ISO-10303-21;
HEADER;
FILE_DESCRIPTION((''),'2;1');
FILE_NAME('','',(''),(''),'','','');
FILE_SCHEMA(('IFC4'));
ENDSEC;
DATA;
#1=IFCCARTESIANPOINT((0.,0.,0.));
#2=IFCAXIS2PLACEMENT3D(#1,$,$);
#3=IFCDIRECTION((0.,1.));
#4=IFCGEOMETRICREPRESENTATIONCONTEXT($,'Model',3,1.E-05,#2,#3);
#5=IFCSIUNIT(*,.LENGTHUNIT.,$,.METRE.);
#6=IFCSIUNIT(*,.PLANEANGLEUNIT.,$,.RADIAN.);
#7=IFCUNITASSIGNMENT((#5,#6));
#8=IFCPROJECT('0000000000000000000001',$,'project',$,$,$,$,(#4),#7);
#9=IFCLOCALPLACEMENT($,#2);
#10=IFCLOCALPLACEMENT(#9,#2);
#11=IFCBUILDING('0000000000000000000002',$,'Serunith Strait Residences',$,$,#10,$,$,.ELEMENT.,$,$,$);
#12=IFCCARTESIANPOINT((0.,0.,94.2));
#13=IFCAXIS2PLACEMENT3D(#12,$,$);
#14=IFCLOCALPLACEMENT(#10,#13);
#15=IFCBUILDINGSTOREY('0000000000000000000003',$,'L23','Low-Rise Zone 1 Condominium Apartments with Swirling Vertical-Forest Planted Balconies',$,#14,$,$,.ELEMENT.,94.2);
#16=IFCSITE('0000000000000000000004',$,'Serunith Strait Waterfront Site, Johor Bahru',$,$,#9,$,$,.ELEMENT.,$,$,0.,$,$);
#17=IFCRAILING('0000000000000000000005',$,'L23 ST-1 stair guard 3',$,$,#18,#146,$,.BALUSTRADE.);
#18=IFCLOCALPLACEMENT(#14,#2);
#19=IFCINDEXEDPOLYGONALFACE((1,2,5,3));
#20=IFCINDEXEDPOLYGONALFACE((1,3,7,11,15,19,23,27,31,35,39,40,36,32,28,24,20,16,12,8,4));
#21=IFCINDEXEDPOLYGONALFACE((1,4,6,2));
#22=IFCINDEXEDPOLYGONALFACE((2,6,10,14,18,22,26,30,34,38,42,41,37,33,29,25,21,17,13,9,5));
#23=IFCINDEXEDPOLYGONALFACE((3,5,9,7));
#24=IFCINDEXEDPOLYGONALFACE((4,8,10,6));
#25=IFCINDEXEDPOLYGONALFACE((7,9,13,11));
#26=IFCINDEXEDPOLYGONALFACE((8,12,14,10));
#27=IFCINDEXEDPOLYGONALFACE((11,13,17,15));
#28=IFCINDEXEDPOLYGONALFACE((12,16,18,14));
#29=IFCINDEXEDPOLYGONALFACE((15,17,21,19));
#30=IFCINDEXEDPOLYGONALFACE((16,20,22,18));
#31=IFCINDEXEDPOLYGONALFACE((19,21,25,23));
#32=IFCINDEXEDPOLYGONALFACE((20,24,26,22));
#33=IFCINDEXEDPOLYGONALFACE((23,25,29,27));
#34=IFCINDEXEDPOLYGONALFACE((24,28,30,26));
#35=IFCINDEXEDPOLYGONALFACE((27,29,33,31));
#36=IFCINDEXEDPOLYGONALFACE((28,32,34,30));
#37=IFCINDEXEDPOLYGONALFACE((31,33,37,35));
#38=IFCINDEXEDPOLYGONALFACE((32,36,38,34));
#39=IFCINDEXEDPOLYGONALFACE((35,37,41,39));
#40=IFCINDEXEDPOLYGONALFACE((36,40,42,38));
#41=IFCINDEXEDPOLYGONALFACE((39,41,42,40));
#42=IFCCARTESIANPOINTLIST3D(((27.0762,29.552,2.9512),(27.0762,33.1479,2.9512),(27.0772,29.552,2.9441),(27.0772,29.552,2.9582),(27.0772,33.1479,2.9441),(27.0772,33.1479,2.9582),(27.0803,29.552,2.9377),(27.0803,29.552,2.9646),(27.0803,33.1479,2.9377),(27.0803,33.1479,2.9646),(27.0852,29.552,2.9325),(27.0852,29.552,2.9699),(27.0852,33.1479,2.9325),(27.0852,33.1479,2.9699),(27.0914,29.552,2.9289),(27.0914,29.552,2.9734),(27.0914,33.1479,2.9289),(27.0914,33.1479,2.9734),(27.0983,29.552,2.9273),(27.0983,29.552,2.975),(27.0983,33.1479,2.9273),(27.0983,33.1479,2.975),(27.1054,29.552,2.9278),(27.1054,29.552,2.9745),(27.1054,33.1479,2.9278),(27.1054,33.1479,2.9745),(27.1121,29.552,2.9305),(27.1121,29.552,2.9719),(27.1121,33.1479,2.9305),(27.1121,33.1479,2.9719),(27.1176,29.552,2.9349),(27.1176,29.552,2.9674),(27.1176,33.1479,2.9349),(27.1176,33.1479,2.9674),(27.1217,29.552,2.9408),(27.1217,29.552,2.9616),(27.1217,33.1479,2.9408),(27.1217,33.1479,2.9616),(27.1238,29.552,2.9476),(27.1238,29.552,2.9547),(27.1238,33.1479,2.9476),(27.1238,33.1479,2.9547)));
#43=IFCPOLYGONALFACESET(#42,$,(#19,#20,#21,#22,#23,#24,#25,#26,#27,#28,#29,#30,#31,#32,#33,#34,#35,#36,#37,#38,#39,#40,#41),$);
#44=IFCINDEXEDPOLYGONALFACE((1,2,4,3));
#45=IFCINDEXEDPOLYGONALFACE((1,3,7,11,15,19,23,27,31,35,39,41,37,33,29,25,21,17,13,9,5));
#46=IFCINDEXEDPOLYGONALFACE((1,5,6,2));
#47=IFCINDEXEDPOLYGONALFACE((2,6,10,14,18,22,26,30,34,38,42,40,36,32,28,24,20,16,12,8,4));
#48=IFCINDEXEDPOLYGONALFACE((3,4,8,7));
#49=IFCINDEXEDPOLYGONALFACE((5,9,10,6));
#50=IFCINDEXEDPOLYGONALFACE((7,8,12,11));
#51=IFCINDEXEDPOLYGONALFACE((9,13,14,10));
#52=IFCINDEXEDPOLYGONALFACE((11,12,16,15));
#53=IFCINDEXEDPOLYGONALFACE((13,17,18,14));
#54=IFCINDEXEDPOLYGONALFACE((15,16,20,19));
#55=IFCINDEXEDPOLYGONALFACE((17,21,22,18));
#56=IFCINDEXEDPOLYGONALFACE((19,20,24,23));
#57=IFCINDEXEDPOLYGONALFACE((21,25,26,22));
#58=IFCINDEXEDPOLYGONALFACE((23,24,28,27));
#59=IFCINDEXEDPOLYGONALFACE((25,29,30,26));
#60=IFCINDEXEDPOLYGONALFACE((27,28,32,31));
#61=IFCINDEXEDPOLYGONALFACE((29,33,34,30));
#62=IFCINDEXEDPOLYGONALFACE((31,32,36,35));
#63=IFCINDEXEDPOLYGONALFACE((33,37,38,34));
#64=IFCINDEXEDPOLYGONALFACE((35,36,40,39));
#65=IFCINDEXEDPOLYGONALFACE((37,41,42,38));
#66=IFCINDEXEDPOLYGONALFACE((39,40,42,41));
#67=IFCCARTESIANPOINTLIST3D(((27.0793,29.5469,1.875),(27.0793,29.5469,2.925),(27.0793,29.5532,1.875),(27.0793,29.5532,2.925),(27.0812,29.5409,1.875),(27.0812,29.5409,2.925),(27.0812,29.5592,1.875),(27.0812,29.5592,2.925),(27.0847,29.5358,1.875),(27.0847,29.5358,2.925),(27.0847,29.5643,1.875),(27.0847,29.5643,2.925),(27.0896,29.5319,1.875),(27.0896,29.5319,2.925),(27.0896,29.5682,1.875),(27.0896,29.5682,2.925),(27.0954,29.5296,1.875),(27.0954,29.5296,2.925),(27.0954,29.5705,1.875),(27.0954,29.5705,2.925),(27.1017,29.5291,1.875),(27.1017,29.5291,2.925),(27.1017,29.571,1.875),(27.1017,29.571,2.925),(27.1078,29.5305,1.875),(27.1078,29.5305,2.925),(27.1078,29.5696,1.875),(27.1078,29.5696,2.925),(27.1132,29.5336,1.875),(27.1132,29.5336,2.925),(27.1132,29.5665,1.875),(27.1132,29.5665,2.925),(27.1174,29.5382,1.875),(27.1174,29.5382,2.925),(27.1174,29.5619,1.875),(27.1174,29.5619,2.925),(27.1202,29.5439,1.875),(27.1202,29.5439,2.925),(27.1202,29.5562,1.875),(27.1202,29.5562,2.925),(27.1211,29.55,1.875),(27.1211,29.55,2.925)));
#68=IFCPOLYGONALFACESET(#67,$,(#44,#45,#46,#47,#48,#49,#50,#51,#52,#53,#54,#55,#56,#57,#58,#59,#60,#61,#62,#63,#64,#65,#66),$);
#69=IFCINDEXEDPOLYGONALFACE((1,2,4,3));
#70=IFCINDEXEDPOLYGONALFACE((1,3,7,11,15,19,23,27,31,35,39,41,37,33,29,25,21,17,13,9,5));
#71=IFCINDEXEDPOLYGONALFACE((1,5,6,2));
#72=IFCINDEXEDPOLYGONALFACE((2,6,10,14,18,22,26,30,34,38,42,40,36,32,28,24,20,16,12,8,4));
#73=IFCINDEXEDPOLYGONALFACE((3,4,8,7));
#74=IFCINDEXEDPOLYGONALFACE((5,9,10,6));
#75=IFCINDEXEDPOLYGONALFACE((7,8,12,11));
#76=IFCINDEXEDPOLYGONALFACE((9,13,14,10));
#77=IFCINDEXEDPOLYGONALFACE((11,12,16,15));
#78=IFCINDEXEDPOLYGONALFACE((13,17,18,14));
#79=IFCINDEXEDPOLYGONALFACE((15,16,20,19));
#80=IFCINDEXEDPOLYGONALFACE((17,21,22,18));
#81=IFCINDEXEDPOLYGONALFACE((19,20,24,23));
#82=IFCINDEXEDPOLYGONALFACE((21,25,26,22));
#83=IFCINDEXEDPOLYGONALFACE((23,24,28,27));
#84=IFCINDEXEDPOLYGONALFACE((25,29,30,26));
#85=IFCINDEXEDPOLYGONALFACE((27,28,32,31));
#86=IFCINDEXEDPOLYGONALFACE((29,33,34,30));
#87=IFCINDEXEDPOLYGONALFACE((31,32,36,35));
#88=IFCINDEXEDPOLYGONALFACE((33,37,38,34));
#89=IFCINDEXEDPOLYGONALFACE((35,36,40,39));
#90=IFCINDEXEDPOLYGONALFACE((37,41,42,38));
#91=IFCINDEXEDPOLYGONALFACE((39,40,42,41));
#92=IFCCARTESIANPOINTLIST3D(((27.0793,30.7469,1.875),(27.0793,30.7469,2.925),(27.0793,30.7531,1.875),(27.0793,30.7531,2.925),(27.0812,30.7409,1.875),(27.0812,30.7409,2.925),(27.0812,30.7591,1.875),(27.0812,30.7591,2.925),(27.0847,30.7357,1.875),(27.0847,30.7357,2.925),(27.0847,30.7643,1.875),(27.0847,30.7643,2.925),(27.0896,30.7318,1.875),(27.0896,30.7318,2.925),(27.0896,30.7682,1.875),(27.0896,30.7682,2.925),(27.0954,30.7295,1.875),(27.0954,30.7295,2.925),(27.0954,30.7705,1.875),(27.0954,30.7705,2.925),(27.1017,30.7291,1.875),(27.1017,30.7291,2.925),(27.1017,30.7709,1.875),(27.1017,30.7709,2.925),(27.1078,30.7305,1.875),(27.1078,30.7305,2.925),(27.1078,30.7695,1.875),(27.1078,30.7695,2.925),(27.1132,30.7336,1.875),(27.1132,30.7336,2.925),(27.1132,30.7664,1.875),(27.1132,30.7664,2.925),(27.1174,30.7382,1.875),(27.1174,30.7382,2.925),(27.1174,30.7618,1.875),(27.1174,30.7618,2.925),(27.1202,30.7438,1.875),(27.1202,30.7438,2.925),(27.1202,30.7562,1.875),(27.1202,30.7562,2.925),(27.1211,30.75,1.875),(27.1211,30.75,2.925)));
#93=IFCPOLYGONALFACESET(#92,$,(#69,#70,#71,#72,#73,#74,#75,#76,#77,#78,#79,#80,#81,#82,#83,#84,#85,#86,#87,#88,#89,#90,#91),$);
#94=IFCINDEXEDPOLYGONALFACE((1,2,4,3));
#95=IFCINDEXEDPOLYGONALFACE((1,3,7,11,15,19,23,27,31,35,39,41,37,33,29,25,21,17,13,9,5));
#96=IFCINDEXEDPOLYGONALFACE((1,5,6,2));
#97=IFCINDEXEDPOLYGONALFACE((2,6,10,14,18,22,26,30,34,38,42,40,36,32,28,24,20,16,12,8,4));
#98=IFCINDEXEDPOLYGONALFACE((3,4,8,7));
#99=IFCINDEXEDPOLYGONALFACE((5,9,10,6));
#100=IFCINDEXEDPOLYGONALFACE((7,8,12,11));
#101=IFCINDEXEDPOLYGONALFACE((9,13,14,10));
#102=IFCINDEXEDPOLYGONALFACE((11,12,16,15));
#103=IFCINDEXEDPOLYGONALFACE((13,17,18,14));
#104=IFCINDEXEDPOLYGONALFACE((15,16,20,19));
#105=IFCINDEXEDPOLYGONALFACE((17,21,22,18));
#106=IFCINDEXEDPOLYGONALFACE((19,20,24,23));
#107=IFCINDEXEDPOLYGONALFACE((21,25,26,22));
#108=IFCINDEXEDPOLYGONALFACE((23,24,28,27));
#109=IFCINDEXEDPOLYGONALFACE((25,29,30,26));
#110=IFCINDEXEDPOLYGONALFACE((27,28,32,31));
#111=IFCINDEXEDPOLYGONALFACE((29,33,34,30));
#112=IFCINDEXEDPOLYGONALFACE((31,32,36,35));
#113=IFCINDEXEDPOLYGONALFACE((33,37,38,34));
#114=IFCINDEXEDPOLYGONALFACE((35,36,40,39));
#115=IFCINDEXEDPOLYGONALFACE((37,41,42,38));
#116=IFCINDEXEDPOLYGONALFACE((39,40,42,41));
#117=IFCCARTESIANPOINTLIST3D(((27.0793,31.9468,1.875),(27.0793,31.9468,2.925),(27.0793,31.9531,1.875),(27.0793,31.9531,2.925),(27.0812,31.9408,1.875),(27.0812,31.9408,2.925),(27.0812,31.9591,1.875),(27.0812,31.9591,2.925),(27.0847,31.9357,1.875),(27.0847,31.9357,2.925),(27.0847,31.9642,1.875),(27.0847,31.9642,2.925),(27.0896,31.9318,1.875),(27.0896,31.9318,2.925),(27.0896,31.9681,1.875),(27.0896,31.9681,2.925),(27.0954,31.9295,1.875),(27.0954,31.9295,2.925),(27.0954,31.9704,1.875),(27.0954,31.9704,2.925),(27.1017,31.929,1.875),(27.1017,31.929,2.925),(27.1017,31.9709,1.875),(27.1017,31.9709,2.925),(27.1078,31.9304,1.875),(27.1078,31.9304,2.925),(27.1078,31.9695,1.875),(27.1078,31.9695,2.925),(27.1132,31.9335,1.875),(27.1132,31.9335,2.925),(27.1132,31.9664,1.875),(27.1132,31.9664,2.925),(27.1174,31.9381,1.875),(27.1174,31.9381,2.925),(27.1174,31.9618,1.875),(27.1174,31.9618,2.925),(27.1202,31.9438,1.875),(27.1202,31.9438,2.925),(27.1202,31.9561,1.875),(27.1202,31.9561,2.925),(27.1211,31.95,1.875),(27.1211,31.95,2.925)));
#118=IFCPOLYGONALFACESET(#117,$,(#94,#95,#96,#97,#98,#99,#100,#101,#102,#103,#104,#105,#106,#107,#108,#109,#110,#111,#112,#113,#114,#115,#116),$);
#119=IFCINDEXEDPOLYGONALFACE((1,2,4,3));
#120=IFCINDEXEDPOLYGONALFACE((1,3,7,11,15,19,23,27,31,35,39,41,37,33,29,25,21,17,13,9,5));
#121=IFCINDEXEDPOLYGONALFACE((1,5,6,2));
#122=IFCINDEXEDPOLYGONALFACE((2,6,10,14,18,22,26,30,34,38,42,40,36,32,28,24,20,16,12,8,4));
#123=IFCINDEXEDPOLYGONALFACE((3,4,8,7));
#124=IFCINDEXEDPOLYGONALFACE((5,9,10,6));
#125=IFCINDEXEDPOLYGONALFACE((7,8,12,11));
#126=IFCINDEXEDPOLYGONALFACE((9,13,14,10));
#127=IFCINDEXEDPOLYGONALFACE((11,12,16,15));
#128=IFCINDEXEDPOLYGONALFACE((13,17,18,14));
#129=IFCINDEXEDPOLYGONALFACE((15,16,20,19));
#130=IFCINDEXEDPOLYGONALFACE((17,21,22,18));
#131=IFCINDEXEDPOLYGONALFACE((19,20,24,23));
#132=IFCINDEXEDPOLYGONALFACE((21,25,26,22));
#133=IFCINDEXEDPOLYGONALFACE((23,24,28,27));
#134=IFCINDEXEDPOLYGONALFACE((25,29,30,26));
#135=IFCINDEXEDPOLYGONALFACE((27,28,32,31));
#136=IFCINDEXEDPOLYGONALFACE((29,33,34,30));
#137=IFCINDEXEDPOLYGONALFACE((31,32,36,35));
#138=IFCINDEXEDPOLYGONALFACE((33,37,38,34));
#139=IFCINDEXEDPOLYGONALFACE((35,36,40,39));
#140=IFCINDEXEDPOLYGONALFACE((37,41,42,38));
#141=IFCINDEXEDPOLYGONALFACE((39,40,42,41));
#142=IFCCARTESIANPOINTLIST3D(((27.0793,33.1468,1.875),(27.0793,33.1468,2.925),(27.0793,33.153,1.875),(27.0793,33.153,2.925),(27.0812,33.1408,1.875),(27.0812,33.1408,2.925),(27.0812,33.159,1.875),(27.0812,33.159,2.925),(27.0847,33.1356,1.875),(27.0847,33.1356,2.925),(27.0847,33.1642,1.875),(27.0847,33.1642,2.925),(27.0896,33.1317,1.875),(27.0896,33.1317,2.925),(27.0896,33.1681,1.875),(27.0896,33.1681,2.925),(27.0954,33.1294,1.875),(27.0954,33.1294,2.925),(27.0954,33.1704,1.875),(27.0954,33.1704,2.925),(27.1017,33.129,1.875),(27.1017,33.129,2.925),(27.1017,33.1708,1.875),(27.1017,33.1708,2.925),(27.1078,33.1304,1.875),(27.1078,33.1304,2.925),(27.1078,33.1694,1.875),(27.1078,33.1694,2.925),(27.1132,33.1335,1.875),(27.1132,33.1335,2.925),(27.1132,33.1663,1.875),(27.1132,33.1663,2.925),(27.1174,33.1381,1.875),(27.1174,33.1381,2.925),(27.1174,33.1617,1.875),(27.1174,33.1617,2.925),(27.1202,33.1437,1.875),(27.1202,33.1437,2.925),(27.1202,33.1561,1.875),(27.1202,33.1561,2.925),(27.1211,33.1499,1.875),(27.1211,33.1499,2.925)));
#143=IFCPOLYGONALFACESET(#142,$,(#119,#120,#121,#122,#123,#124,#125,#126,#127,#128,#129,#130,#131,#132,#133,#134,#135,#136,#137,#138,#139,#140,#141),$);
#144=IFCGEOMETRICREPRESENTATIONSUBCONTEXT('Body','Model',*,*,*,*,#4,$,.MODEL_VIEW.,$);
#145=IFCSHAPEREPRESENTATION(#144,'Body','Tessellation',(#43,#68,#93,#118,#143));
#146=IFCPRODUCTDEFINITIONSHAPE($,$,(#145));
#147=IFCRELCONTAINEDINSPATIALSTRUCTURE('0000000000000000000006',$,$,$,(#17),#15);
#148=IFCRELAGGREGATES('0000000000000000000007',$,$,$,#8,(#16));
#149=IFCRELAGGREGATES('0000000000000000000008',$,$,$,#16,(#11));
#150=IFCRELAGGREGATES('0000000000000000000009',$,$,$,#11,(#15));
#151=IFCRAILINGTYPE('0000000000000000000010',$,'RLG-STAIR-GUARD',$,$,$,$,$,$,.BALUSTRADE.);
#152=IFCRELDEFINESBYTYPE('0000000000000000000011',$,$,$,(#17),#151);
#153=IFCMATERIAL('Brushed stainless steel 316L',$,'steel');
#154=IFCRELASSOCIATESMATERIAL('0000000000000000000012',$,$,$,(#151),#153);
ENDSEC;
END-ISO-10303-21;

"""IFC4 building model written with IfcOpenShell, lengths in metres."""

from ifc_helpers import new_model, si_unit, direction, frame, origin, origin_2d, place, context, subcontext, project, spatial, circle, extrude, material, type_object, element, save


model = new_model("IFC4")

# Units and contexts
model_context = context("Model", 3, precision=1e-05, world=origin(), true_north=direction((0.0, 1.0)))
body_context = subcontext(model_context, "Body", "Model", "MODEL_VIEW")
ifc_project = project(units=[si_unit("LENGTHUNIT", "METRE"), si_unit("PLANEANGLEUNIT", "RADIAN")], contexts=[model_context])

# Site, building, storey
site_placement = place(None, origin())
site = spatial("IfcSite", under=ifc_project, at=site_placement, Name="Serunith Strait Waterfront Site, Johor Bahru", CompositionType="ELEMENT", RefElevation=0.0)
building_placement = place(site_placement, origin())
building = spatial("IfcBuilding", under=site, at=building_placement, Name="Serunith Strait Residences", CompositionType="ELEMENT")
storey_placement = place(building_placement, frame((0.0, 0.0, 94.2)))
storey = spatial("IfcBuildingStorey", under=building, at=storey_placement, Name="L23", Description="Low-Rise Zone 1 Condominium Apartments with Swirling Vertical-Forest Planted Balconies", CompositionType="ELEMENT", Elevation=94.2)

# Railing
ifc_material_1 = material(Name="Brushed stainless steel 316L", Category="steel")
railing_type_1 = type_object("IfcRailingType", Name="RLG-STAIR-GUARD", PredefinedType="BALUSTRADE", material=ifc_material_1)
for number, where, name in (
    (1, (27.1001, 29.55, 1.875), "L23 ST-1 stair guard 3"),
):
    element("IfcRailing", number, at=place(storey_placement, frame(where)), inside=storey, type_object=railing_type_1, Name=name, PredefinedType="BALUSTRADE", context=body_context, shape_type="SweptSolid", body=[
        extrude(circle(Radius=0.0239, at=origin_2d()), frame((0.0, 0.002, 1.0762), z_axis=(0.0, 1.0, 0.0), x_axis=(-1.0, 0.0, 0.0)), (0.0, 0.0, 1.0), 3.5959),
        extrude(circle(Radius=0.021, at=origin_2d()), origin(), (0.0, 0.0, 1.0), 1.05),
        extrude(circle(Radius=0.021, at=origin_2d()), frame((0.0, 1.2, 0.0)), (0.0, 0.0, 1.0), 1.05),
        extrude(circle(Radius=0.021, at=origin_2d()), frame((0.0, 2.3999, 0.0)), (0.0, 0.0, 1.0), 1.05),
        extrude(circle(Radius=0.021, at=origin_2d()), frame((0.0, 3.5999, 0.0)), (0.0, 0.0, 1.0), 1.05),
    ])

save(model, "model.ifc")
